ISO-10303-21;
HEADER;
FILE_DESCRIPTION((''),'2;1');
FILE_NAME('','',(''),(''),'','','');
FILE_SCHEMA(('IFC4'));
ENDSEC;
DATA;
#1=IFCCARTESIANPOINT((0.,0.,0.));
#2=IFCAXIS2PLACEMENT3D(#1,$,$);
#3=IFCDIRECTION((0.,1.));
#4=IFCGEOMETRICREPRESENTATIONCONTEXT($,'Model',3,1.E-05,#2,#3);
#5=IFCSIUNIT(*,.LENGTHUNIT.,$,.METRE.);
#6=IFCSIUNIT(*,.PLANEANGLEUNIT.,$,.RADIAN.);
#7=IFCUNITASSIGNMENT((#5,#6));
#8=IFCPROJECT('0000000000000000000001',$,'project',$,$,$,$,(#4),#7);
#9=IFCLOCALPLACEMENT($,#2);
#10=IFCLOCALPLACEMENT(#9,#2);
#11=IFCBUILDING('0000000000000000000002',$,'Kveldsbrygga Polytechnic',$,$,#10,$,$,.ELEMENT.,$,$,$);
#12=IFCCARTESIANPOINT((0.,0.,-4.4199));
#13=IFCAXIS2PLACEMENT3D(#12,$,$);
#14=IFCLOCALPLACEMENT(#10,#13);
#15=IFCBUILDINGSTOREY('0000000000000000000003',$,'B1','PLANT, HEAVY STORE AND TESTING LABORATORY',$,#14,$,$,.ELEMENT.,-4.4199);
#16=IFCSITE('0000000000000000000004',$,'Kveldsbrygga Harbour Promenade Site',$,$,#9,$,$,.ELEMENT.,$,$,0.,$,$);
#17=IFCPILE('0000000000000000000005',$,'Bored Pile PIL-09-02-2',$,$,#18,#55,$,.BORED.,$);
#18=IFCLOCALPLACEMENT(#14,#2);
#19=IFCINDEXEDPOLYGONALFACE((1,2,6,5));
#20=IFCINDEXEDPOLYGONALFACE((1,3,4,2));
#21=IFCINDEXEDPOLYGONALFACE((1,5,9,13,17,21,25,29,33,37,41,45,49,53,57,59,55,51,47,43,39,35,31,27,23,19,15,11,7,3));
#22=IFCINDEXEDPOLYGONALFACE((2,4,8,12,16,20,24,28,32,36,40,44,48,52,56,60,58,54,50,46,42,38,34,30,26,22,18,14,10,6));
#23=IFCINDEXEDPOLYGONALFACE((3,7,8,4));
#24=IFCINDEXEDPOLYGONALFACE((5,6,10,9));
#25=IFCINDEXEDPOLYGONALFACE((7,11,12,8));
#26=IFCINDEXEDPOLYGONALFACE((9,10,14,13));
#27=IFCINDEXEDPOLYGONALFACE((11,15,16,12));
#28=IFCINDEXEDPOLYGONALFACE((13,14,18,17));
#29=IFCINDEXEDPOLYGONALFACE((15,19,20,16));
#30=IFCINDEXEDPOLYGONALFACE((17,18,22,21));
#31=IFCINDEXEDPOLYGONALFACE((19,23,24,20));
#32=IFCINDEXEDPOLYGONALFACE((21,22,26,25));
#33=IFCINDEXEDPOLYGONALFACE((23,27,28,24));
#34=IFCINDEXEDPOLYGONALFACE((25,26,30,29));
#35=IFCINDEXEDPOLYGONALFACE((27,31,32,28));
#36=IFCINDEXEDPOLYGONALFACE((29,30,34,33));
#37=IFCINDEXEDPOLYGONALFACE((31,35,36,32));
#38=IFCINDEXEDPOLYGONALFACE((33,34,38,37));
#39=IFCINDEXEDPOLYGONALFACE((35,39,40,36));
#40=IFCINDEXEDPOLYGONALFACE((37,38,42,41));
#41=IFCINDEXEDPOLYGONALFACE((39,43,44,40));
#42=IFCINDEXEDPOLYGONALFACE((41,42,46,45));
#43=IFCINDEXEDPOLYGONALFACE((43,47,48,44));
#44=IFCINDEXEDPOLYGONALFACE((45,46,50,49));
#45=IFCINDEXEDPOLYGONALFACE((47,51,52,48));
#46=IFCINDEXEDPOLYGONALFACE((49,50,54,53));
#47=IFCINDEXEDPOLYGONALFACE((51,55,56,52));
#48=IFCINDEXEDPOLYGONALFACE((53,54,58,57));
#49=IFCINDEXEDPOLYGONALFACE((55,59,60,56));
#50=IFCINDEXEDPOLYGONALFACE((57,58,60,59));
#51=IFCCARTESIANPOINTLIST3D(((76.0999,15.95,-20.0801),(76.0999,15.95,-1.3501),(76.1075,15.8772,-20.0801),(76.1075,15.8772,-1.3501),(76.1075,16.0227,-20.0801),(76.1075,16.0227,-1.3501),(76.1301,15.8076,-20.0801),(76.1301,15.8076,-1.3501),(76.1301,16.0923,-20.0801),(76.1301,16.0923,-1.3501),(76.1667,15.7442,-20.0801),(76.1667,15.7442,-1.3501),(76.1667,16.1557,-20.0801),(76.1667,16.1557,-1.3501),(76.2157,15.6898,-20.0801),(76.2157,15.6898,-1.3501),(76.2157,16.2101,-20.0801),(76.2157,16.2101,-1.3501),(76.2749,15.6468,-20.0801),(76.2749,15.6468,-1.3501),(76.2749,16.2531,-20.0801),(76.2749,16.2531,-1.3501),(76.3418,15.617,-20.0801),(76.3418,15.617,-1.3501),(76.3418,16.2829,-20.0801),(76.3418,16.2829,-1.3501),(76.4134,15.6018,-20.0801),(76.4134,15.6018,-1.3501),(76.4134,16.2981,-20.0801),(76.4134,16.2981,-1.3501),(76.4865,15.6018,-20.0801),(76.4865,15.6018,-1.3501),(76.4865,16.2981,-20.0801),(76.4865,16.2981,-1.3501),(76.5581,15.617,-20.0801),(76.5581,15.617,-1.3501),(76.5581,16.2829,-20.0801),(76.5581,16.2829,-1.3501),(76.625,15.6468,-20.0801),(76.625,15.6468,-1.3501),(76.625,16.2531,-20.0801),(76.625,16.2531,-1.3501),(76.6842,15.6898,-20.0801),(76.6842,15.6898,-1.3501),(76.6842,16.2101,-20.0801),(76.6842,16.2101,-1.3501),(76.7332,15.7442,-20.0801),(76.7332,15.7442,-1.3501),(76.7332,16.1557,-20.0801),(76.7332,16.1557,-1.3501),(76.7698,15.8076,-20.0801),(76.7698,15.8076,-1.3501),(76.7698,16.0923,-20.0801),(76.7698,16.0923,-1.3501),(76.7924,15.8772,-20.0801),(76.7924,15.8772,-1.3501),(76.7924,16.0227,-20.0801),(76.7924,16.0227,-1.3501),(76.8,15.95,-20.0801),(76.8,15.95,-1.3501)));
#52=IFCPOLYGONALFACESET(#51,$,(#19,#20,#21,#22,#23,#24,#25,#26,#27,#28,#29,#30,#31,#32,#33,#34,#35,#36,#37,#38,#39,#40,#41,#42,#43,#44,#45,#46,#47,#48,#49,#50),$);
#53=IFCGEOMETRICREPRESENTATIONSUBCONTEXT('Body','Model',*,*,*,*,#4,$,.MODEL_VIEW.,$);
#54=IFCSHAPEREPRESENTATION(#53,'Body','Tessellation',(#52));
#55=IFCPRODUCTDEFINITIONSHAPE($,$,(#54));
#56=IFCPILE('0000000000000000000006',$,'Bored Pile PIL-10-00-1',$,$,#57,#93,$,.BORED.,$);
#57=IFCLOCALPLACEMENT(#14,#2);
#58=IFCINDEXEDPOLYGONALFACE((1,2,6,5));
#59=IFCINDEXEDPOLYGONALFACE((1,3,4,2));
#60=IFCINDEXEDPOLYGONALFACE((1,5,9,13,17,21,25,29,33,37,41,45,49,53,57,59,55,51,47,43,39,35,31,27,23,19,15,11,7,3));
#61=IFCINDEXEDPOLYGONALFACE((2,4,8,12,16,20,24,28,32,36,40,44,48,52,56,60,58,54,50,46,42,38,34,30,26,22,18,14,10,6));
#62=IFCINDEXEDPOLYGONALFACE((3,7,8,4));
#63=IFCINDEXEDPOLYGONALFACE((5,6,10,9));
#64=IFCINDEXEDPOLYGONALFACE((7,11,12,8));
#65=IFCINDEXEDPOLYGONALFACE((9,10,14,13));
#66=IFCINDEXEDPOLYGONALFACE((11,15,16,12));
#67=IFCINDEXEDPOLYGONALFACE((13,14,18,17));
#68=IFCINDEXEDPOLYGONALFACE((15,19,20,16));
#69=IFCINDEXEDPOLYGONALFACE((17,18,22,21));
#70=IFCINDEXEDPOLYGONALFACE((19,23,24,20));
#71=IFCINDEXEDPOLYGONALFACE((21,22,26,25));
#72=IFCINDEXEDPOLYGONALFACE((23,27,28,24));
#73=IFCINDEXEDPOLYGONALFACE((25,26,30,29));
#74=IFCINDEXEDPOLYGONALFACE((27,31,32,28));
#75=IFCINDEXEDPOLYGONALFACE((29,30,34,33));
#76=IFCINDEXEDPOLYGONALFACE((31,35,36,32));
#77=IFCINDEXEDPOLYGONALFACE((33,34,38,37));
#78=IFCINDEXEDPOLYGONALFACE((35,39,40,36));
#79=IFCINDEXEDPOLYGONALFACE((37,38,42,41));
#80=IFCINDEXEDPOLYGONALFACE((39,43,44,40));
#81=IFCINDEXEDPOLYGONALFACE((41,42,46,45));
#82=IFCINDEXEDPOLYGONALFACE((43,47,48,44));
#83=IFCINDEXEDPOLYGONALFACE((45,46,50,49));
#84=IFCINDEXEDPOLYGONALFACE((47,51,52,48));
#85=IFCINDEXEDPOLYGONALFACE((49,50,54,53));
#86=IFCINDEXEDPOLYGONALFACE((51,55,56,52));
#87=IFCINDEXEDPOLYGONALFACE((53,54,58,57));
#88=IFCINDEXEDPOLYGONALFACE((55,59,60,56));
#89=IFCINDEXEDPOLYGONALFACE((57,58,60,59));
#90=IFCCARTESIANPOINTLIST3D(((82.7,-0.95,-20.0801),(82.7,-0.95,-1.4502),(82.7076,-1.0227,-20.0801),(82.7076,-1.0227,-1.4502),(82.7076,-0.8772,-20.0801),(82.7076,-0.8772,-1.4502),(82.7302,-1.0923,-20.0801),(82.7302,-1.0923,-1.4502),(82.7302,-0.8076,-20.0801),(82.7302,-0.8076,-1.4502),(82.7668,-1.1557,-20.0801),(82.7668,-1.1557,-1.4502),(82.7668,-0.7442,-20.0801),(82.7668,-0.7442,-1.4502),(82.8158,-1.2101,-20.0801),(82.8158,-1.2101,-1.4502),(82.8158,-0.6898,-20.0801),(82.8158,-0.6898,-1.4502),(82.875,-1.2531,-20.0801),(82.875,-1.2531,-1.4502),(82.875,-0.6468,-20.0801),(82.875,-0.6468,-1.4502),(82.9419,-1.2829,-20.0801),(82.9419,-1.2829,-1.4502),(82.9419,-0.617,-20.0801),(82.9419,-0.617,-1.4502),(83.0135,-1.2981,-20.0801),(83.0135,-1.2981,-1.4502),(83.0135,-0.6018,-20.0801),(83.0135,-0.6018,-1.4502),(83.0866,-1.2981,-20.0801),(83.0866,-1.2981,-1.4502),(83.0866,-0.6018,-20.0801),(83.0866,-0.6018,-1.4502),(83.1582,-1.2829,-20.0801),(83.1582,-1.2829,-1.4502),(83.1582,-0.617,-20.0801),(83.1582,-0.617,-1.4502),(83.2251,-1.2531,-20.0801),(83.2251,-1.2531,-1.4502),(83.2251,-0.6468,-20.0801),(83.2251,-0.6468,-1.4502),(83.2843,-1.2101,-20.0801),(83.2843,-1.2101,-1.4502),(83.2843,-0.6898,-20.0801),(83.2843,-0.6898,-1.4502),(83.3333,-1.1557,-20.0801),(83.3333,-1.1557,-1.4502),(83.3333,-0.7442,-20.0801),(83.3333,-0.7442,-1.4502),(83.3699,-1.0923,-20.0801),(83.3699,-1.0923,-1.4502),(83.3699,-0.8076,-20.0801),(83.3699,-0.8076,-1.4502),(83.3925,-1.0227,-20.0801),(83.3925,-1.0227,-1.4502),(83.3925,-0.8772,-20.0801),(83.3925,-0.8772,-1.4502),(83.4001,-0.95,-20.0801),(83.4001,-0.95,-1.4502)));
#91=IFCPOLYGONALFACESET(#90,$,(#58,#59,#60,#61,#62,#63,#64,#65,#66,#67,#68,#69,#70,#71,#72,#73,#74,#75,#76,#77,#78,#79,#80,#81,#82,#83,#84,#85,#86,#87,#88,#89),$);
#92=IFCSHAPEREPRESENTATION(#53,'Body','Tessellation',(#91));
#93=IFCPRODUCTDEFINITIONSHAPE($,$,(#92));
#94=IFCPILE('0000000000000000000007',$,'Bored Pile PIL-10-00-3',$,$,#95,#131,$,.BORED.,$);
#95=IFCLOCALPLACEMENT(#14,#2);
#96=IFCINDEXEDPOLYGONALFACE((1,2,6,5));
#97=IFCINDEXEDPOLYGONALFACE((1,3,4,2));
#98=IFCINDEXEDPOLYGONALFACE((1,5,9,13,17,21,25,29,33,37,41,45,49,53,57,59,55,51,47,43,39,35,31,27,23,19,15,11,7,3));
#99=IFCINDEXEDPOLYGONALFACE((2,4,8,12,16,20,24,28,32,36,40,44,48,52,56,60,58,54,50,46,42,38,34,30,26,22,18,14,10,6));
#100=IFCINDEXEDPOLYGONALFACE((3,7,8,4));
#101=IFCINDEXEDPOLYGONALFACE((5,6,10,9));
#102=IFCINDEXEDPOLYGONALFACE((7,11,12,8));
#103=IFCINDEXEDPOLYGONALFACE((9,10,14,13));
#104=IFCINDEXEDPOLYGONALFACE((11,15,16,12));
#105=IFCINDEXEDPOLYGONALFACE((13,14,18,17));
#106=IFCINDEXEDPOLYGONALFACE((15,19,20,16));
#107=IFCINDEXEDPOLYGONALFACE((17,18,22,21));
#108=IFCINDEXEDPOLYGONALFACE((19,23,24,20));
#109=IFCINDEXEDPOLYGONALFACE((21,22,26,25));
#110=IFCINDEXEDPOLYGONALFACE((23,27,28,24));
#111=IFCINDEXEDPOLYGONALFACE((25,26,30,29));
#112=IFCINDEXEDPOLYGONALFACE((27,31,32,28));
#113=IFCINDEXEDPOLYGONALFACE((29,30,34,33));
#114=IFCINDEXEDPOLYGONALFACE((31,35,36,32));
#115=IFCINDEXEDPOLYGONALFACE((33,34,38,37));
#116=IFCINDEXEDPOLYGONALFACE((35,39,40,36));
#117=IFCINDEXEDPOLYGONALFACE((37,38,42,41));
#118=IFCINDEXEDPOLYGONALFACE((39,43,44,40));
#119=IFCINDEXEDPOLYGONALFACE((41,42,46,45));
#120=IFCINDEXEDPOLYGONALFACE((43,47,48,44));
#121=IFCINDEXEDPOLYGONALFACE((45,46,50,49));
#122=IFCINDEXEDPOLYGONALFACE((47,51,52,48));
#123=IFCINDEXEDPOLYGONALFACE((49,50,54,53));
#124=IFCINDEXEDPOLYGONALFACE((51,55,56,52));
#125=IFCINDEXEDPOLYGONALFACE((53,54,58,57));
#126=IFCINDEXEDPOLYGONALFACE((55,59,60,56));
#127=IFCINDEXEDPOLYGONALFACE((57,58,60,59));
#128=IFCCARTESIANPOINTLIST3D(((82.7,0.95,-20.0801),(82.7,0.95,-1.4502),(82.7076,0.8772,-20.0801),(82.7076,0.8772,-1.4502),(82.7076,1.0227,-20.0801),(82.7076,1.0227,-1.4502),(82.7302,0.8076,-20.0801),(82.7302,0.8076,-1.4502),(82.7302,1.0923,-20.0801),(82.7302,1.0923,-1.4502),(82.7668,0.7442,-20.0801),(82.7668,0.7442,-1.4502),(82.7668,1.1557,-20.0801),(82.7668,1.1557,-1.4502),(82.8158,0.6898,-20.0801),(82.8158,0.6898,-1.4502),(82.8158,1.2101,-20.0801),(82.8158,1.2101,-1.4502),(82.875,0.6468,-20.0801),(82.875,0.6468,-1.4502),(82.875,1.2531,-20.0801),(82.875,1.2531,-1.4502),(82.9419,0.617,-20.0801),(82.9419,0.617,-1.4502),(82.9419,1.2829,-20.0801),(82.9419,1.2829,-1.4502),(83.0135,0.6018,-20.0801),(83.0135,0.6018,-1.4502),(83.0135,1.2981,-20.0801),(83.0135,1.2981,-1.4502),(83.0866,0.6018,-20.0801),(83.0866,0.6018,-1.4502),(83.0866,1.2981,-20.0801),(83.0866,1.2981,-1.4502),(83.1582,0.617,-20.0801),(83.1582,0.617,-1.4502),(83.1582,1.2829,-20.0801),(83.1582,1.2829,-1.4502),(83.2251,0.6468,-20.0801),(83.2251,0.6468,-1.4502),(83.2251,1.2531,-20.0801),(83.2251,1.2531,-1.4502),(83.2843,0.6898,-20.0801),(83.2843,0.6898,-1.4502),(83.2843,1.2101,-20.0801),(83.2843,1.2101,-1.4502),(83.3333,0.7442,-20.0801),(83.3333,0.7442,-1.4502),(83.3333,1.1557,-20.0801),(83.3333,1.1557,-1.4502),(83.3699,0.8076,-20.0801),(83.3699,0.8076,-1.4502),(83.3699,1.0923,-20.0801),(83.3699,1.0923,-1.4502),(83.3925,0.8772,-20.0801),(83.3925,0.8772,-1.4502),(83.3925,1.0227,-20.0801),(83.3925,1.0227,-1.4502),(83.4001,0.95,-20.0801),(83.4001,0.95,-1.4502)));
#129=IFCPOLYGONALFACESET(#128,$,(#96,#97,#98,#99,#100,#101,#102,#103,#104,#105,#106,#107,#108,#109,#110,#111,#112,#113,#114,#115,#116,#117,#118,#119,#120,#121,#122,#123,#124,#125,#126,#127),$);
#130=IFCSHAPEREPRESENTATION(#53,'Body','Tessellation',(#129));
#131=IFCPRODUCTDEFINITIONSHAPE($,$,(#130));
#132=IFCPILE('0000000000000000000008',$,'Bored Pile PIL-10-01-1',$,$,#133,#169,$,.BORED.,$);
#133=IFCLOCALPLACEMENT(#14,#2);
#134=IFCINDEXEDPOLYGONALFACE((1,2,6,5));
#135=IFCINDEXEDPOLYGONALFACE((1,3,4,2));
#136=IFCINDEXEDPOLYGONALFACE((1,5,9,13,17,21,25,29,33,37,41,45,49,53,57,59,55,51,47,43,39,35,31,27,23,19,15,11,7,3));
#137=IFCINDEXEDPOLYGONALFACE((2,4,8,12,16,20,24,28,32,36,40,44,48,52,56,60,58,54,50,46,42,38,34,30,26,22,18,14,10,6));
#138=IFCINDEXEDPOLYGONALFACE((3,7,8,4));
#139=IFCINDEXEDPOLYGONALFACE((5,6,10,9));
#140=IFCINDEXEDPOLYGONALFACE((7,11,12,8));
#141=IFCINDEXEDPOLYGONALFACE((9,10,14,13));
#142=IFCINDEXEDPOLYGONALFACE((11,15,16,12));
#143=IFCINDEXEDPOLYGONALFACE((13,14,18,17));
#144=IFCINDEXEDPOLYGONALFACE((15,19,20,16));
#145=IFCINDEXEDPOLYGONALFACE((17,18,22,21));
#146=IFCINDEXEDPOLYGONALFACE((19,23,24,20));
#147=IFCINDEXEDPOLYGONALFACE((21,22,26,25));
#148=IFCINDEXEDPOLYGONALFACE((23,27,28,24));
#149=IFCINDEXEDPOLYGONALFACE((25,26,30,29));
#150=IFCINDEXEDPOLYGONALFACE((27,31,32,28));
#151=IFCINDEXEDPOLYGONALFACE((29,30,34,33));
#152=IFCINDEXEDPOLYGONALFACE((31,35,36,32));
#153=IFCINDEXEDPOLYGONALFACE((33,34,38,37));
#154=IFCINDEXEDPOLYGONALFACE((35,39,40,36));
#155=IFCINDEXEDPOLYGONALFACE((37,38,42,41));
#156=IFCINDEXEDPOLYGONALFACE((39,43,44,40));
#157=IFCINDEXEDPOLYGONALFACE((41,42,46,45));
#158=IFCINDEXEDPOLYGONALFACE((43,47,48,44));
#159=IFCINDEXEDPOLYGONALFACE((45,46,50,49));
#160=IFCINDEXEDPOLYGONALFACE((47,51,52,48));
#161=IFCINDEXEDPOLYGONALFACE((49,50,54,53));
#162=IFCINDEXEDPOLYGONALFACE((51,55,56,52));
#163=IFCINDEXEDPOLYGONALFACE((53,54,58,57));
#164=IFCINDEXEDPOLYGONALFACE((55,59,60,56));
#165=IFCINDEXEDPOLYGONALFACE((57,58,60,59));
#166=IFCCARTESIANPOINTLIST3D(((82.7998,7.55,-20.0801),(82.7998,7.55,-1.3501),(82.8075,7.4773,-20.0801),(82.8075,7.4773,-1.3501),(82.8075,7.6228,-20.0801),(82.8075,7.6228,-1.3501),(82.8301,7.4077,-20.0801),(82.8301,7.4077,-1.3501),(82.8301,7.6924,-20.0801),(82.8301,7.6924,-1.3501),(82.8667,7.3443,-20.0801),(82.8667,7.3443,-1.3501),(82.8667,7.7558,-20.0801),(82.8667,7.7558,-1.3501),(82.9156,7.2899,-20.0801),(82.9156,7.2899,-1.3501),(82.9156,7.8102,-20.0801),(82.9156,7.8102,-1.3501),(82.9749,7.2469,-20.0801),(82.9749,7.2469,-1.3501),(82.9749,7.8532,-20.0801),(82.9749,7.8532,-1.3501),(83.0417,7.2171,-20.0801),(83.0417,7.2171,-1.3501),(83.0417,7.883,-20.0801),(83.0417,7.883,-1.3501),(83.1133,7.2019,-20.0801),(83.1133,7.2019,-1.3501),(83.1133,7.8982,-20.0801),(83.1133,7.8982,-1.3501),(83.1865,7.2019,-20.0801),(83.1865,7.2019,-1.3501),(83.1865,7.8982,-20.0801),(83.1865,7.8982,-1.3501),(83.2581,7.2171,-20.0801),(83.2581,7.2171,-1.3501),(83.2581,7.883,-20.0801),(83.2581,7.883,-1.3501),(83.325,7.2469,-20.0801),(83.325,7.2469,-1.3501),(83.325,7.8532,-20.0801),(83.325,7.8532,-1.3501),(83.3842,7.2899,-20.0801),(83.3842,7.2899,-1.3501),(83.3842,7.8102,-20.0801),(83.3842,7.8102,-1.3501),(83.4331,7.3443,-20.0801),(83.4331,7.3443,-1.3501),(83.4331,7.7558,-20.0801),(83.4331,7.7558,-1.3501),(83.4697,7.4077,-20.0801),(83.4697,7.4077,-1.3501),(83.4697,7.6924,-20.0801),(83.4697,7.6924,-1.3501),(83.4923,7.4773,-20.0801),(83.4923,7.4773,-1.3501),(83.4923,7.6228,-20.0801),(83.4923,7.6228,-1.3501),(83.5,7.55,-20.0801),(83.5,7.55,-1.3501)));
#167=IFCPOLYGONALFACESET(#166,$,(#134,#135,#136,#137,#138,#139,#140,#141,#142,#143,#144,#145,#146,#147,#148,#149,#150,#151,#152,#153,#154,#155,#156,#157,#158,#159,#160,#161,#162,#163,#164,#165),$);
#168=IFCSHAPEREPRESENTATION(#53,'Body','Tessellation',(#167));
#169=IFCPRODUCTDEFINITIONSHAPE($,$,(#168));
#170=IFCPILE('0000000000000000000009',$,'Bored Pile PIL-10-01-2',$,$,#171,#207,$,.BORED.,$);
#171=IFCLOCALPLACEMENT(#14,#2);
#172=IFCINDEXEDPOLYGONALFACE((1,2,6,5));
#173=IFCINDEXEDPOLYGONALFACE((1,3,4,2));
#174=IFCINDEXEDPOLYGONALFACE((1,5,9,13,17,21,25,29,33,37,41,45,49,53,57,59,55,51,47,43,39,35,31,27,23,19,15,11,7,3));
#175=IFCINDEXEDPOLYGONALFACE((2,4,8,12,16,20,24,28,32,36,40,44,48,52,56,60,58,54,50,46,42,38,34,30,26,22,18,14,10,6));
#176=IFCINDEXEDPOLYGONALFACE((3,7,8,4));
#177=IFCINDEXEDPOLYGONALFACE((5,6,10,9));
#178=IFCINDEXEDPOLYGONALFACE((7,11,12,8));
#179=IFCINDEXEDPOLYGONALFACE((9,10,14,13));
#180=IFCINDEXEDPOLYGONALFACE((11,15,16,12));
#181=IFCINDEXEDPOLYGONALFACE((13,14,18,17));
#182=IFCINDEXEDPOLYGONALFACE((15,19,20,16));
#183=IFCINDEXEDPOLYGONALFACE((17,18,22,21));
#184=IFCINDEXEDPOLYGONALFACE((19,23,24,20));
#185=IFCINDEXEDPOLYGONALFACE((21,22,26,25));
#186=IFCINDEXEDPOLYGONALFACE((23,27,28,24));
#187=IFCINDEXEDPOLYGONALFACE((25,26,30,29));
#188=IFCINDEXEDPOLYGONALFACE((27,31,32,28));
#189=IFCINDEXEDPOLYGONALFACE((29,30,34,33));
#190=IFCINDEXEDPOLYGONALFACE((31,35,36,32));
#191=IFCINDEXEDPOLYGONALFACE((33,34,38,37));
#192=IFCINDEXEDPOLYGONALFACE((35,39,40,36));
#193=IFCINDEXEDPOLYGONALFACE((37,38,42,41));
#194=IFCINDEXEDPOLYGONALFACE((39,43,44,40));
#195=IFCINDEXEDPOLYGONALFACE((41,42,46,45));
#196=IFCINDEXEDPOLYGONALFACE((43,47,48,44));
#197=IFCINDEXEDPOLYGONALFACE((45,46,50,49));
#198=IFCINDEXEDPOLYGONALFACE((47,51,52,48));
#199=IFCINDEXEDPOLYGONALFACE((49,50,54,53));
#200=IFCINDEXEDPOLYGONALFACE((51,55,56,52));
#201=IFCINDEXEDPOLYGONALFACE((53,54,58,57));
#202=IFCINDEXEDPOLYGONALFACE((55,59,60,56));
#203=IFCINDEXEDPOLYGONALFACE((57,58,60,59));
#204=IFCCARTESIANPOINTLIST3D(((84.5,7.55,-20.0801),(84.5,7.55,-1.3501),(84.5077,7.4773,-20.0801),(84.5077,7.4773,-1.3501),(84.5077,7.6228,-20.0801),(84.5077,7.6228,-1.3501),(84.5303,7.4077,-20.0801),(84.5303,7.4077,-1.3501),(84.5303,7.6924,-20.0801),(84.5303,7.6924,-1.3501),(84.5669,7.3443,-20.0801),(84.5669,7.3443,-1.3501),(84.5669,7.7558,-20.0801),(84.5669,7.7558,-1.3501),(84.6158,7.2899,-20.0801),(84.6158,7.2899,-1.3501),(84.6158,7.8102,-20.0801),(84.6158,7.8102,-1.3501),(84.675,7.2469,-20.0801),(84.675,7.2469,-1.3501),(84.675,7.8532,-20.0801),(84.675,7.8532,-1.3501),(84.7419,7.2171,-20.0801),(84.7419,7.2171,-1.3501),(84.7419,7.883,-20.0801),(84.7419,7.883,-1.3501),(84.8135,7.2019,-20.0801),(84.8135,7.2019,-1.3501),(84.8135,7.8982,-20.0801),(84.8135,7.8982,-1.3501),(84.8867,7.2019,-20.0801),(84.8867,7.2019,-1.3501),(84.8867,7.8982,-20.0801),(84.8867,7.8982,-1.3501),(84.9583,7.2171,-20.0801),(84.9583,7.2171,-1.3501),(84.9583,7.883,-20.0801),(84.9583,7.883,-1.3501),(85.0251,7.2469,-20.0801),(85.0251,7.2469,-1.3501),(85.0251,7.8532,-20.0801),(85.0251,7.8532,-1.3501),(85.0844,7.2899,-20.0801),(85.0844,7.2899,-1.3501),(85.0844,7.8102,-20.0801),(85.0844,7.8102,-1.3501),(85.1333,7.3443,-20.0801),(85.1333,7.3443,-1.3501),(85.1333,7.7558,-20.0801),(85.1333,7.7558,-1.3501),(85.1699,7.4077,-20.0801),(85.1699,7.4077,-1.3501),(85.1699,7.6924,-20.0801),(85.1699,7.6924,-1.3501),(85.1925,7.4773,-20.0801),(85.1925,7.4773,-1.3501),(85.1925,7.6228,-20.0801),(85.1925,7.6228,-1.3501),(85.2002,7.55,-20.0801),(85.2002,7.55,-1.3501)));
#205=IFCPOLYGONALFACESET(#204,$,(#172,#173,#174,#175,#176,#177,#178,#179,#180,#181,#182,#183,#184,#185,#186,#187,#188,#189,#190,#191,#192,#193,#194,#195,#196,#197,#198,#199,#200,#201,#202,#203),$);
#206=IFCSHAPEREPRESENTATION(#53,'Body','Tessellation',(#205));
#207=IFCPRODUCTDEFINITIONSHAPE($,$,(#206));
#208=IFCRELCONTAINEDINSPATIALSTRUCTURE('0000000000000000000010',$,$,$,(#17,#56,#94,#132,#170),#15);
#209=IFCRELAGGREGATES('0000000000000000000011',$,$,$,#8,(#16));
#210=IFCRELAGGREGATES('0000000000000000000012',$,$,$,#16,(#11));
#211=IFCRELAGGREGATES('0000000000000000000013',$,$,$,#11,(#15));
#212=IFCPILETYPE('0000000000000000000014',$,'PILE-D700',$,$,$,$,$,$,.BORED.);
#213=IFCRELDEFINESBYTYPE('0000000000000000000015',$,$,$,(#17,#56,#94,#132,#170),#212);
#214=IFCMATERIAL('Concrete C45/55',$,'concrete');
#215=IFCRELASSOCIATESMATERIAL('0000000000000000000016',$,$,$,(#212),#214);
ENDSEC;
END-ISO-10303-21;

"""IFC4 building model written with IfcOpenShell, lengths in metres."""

from ifc_helpers import new_model, si_unit, direction, frame, origin, origin_2d, place, context, subcontext, project, spatial, circle, extrude, material, material_profile, profile_set, type_object, element, save


model = new_model("IFC4")

# Units and contexts
model_context = context("Model", 3, precision=1e-05, world=origin(), true_north=direction((0.0, 1.0)))
body_context = subcontext(model_context, "Body", "Model", "MODEL_VIEW")
ifc_project = project(units=[si_unit("LENGTHUNIT", "METRE"), si_unit("PLANEANGLEUNIT", "RADIAN")], contexts=[model_context])

# Site, building, storey
site_placement = place(None, origin())
site = spatial("IfcSite", under=ifc_project, at=site_placement, Name="Kveldsbrygga Harbour Promenade Site", CompositionType="ELEMENT", RefElevation=0.0)
building_placement = place(site_placement, origin())
building = spatial("IfcBuilding", under=site, at=building_placement, Name="Kveldsbrygga Polytechnic", CompositionType="ELEMENT")
storey_placement = place(building_placement, frame((0.0, 0.0, -4.4199)))
storey = spatial("IfcBuildingStorey", under=building, at=storey_placement, Name="B1", Description="PLANT, HEAVY STORE AND TESTING LABORATORY", CompositionType="ELEMENT", Elevation=-4.4199)

# Shared definitions
ifc_material_1 = material(Name="Concrete C45/55", Category="concrete")

# Piles
ifc_material_profile_1 = material_profile(ifc_material_1, circle(Radius=0.3501, at=origin_2d()), Name="PILE D700")
ifc_profile_set_1 = profile_set([ifc_material_profile_1], Name="Concrete C45/55")
pile_type = type_object("IfcPileType", Name="PILE-D700", PredefinedType="BORED", material=ifc_profile_set_1)
pile_1_placement = place(storey_placement, frame((76.45, 15.95, -1.3501), z_axis=(0.0, 0.0, -1.0), x_axis=(1.0, 0.0, 0.0)))
element("IfcPile", 1, at=pile_1_placement, inside=storey, type_object=pile_type, Name="Bored Pile PIL-09-02-2", PredefinedType="BORED", context=body_context, shape_type="SweptSolid", body=[
    extrude(circle(Radius=0.3501, at=origin_2d()), origin(), (0.0, 0.0, 1.0), 18.73),
])
for number, where, z_axis, x_axis, name in (
    (2, (83.05, -0.95, -1.4502), (0.0, 0.0, -1.0), (1.0, 0.0, 0.0), "Bored Pile PIL-10-00-1"),
    (3, (83.05, 0.95, -1.4502), (0.0, 0.0, -1.0), (1.0, 0.0, 0.0), "Bored Pile PIL-10-00-3"),
):
    element("IfcPile", number, at=place(storey_placement, frame(where, z_axis=z_axis, x_axis=x_axis)), inside=storey, type_object=pile_type, Name=name, PredefinedType="BORED", context=body_context, shape_type="SweptSolid", body=[
        extrude(circle(Radius=0.3501, at=origin_2d()), origin(), (0.0, 0.0, 1.0), 18.6299),
    ])
for number, where, z_axis, x_axis, name in (
    (4, (83.1499, 7.55, -1.3501), (0.0, 0.0, -1.0), (1.0, 0.0, 0.0), "Bored Pile PIL-10-01-1"),
    (5, (84.8501, 7.55, -1.3501), (0.0, 0.0, -1.0), (1.0, 0.0, 0.0), "Bored Pile PIL-10-01-2"),
):
    element("IfcPile", number, at=place(storey_placement, frame(where, z_axis=z_axis, x_axis=x_axis)), inside=storey, type_object=pile_type, Name=name, PredefinedType="BORED", context=body_context, shape_type="SweptSolid", body=[
        extrude(circle(Radius=0.3501, at=origin_2d()), origin(), (0.0, 0.0, 1.0), 18.73),
    ])

save(model, "model.ifc")
